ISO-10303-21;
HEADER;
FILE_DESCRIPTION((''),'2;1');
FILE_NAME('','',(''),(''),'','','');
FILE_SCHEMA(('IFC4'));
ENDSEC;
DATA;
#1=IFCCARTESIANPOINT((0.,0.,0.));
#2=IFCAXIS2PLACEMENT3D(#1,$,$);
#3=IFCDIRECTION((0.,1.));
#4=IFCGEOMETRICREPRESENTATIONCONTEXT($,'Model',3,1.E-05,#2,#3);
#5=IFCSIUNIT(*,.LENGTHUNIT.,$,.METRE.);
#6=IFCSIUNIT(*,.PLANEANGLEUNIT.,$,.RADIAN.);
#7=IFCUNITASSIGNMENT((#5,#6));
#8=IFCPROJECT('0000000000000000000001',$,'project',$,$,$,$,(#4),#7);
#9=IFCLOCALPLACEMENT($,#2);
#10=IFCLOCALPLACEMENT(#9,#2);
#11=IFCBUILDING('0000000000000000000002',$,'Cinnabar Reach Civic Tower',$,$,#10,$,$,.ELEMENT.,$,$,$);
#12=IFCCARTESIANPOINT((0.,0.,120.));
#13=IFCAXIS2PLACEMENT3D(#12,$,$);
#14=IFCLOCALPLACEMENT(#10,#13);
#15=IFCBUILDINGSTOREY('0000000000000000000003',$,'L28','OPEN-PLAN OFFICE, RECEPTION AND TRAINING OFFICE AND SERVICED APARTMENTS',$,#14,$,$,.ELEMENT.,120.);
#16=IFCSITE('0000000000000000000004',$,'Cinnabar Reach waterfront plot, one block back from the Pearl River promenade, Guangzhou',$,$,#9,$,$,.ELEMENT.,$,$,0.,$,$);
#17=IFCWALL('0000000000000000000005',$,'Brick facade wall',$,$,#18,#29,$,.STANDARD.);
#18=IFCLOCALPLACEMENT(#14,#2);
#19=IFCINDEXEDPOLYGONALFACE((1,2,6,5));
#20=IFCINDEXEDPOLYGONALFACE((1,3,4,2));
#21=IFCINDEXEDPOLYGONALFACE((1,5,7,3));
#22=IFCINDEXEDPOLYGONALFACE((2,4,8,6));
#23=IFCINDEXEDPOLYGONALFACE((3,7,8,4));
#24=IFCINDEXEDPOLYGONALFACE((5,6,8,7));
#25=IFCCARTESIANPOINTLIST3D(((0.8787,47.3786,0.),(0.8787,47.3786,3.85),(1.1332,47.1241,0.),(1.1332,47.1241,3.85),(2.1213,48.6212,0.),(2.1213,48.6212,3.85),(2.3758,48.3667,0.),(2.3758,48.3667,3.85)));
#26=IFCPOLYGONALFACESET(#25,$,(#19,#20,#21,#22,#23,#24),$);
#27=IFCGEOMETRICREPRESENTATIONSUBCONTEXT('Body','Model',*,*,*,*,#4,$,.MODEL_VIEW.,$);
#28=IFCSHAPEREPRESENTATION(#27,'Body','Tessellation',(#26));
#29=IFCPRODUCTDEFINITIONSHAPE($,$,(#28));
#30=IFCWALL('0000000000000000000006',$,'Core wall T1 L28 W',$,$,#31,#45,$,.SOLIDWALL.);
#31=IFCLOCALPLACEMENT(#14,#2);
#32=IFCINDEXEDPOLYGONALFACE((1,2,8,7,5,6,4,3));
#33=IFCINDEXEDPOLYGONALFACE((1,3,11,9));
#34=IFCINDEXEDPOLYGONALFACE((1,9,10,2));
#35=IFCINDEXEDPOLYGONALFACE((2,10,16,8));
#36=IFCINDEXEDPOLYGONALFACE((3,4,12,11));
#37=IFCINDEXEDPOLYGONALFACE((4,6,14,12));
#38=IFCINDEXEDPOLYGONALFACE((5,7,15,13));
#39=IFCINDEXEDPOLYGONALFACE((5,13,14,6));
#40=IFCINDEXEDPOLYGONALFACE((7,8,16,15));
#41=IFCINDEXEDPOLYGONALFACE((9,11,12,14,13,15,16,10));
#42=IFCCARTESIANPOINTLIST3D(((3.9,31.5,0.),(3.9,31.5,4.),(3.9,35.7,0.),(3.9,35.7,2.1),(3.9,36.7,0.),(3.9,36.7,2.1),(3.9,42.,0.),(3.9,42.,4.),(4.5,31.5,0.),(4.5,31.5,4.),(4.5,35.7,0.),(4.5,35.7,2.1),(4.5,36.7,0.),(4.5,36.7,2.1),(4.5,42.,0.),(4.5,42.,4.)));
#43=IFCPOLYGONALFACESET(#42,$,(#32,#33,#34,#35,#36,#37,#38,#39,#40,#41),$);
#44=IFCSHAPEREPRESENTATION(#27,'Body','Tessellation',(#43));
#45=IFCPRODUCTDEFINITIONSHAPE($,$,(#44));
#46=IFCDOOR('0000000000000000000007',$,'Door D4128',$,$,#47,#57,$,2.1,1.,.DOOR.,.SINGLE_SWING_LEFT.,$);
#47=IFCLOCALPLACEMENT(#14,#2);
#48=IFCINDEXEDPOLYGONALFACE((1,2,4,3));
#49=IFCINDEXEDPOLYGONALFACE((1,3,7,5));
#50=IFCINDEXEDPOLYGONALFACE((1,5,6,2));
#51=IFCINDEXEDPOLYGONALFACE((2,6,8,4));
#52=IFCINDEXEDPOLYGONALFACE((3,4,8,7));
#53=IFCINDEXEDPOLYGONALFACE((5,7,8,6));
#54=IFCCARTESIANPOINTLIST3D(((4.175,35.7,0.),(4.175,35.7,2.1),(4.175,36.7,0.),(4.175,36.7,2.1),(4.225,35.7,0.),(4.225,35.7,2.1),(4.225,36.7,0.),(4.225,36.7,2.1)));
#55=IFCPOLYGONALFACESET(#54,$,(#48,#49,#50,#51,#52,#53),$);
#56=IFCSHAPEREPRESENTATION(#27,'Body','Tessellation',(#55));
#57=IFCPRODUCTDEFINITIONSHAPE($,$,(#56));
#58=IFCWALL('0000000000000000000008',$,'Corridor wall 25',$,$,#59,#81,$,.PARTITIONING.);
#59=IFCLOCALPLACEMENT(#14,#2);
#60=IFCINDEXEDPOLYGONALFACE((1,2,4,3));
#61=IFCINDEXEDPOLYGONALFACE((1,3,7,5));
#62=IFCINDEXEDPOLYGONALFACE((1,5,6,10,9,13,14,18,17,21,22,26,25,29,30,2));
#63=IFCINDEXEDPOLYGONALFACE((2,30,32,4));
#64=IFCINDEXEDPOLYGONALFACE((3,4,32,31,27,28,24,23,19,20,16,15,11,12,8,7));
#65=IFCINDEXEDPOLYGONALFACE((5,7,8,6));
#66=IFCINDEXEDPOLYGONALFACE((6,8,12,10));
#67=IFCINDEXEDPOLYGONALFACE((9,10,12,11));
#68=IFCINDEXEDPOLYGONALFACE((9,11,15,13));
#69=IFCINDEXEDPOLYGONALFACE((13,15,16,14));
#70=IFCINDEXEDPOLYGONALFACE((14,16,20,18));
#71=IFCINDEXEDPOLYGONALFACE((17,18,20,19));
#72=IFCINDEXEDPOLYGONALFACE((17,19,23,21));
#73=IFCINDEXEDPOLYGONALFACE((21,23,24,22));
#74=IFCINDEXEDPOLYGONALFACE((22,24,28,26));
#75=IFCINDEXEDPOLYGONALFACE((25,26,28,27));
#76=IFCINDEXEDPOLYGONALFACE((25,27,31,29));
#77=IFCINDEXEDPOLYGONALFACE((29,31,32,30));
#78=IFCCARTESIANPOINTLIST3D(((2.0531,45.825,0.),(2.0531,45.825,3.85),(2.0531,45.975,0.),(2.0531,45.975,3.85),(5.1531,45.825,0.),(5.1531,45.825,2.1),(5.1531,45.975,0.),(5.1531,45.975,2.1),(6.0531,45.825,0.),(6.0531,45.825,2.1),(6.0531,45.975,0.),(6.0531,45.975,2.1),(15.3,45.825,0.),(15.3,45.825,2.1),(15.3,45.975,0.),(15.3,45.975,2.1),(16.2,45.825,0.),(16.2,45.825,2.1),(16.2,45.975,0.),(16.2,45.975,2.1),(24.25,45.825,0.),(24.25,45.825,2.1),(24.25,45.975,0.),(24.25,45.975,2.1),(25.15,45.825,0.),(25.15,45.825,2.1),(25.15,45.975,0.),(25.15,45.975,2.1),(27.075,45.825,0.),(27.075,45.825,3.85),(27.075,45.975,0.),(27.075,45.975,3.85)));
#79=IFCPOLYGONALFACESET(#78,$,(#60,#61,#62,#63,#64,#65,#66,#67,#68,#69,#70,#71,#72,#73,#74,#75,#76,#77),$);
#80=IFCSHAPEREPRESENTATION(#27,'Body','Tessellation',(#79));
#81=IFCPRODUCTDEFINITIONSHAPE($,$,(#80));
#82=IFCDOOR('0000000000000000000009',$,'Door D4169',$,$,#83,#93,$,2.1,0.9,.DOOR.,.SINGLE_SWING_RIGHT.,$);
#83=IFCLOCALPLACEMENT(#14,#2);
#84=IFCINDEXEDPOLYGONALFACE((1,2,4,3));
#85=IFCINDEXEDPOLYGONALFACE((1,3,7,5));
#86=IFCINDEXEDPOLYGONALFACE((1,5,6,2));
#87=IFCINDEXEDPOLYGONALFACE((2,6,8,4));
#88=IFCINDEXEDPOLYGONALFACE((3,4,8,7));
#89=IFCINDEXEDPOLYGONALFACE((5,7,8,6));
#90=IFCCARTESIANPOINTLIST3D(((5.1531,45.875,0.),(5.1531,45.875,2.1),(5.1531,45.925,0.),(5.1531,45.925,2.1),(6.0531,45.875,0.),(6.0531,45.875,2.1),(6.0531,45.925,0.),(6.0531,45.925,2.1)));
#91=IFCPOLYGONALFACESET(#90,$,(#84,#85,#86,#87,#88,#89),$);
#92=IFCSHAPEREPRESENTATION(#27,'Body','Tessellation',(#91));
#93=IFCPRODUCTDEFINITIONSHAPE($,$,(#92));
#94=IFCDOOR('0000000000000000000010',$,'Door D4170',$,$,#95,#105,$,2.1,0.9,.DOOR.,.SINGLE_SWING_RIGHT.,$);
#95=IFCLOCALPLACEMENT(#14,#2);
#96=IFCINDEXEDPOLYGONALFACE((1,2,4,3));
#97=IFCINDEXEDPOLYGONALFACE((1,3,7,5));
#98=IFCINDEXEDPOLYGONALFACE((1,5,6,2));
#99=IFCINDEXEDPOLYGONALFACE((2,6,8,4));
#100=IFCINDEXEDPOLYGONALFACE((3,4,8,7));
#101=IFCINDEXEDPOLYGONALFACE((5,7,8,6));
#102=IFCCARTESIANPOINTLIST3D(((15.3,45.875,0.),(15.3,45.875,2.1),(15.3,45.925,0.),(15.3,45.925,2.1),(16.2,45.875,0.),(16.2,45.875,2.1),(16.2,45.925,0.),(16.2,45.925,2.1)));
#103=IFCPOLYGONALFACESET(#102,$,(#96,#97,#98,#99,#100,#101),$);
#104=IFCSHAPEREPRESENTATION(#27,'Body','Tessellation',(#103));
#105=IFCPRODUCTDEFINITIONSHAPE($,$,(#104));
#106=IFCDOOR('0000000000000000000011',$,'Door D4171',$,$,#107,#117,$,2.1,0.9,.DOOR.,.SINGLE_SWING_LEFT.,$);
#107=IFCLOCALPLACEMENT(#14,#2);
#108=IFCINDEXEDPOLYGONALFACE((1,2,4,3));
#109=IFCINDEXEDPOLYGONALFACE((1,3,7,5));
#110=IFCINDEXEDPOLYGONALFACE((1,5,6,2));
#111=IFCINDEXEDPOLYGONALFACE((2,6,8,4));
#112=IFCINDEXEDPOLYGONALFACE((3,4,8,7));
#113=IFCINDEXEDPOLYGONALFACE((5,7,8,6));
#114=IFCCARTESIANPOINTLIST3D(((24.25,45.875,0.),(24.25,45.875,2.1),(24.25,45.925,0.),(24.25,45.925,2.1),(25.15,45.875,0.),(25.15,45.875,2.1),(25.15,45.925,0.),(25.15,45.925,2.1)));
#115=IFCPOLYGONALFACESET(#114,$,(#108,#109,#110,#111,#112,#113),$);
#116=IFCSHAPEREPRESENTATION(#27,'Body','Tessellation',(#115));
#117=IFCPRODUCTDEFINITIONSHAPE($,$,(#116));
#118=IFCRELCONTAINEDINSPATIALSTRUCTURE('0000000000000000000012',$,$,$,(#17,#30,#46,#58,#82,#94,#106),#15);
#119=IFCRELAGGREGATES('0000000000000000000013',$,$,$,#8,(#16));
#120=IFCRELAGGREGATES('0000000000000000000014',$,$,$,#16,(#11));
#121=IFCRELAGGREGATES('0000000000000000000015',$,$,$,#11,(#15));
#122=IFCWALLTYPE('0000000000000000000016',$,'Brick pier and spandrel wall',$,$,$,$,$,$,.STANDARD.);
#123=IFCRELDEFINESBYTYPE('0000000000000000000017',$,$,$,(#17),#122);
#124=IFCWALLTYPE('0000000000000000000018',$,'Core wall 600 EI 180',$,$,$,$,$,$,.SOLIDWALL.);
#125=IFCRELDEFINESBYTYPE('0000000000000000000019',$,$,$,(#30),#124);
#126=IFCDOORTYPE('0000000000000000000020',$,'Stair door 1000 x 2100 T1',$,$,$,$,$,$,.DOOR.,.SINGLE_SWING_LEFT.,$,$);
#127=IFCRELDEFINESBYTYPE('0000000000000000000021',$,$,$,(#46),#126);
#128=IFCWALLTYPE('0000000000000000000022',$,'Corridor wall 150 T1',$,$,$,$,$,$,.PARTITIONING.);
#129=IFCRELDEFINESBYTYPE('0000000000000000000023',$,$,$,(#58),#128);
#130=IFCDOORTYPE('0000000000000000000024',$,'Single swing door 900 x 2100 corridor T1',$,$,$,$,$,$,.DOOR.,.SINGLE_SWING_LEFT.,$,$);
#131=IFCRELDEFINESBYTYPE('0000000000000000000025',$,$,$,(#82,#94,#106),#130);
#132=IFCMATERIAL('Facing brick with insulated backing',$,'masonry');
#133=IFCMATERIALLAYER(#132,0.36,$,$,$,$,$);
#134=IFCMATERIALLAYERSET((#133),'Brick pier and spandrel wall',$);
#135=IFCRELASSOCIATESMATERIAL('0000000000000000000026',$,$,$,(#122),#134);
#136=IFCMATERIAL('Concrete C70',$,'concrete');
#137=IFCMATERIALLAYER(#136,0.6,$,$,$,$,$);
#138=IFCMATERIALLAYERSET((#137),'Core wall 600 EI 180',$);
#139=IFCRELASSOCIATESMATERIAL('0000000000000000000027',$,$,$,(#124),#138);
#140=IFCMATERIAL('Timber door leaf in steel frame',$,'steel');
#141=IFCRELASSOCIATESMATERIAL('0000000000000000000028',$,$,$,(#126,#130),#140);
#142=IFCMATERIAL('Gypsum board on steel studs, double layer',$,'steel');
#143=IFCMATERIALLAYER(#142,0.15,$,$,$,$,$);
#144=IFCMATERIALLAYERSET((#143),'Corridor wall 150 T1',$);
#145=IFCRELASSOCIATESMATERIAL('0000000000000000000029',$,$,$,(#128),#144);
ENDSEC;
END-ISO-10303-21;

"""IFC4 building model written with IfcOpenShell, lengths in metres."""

from ifc_helpers import new_model, si_unit, direction, frame, frame_2d, origin, place, context, subcontext, project, spatial, rectangle, extrude, material, layer, layer_set, type_object, element, fill, save


model = new_model("IFC4")

# Units and contexts
model_context = context("Model", 3, precision=1e-05, world=origin(), true_north=direction((0.0, 1.0)))
body_context = subcontext(model_context, "Body", "Model", "MODEL_VIEW")
ifc_project = project(units=[si_unit("LENGTHUNIT", "METRE"), si_unit("PLANEANGLEUNIT", "RADIAN")], contexts=[model_context])

# Site, building, storey
site_placement = place(None, origin())
site = spatial("IfcSite", under=ifc_project, at=site_placement, Name="Cinnabar Reach waterfront plot, one block back from the Pearl River promenade, Guangzhou", CompositionType="ELEMENT", RefElevation=0.0)
building_placement = place(site_placement, origin())
building = spatial("IfcBuilding", under=site, at=building_placement, Name="Cinnabar Reach Civic Tower", CompositionType="ELEMENT")
storey_placement = place(building_placement, frame((0.0, 0.0, 120.0)))
storey = spatial("IfcBuildingStorey", under=building, at=storey_placement, Name="L28", Description="OPEN-PLAN OFFICE, RECEPTION AND TRAINING OFFICE AND SERVICED APARTMENTS", CompositionType="ELEMENT", Elevation=120.0)

# Shared definitions
ifc_material_1 = material(Name="Concrete C70", Category="concrete")

# Wall
ifc_material_2 = material(Name="Facing brick with insulated backing", Category="masonry")
ifc_layer_1 = layer(ifc_material_2, 0.36)
ifc_layer_set_1 = layer_set([ifc_layer_1], Name="Brick pier and spandrel wall")
wall_type_1 = type_object("IfcWallType", Name="Brick pier and spandrel wall", PredefinedType="STANDARD", material=ifc_layer_set_1)
wall_1_placement = place(storey_placement, frame((2.2486, 48.494, 0.0), z_axis=(0.0, 0.0, 1.0), x_axis=(-0.707107, -0.707107, 0.0)))
element("IfcWall", 1, at=wall_1_placement, inside=storey, type_object=wall_type_1, Name="Brick facade wall", PredefinedType="STANDARD", context=body_context, shape_type="SweptSolid", body=[
    extrude(rectangle(XDim=1.7573, YDim=0.36, at=frame_2d((0.8787, 0.0))), origin(), (0.0, 0.0, 1.0), 3.85),
])

# Wall, opening, door
ifc_layer_2 = layer(ifc_material_1, 0.6)
ifc_layer_set_2 = layer_set([ifc_layer_2], Name="Core wall 600 EI 180")
wall_type_2 = type_object("IfcWallType", Name="Core wall 600 EI 180", PredefinedType="SOLIDWALL", material=ifc_layer_set_2)
wall_2_placement = place(storey_placement, frame((4.2, 42.0, 0.0), z_axis=(0.0, 0.0, 1.0), x_axis=(0.0, -1.0, 0.0)))
wall_2 = element("IfcWall", 2, at=wall_2_placement, inside=storey, type_object=wall_type_2, Name="Core wall T1 L28 W", PredefinedType="SOLIDWALL", context=body_context, shape_type="SweptSolid", body=[
    extrude(rectangle(XDim=10.5, YDim=0.6, at=frame_2d((5.25, 0.0))), origin(), (0.0, 0.0, 1.0), 4.0),
])
opening_1_placement = place(wall_2_placement, frame((5.3, 0.0, 0.0)))
opening_1 = element("IfcOpeningElement", 3, at=opening_1_placement, cuts=wall_2, PredefinedType="OPENING", context=body_context, shape_type="SweptSolid", body=[
    extrude(rectangle(XDim=1.0, YDim=2.1, at=frame_2d((0.5, 1.05))), frame((0.0, 0.31, 0.0), z_axis=(0.0, -1.0, 0.0), x_axis=(1.0, 0.0, 0.0)), (0.0, 0.0, 1.0), 0.62),
])
ifc_material_3 = material(Name="Timber door leaf in steel frame", Category="steel")
door_type_1 = type_object("IfcDoorType", Name="Stair door 1000 x 2100 T1", OperationType="SINGLE_SWING_LEFT", PredefinedType="DOOR", material=ifc_material_3)
door_1_placement = place(opening_1_placement, frame((1.0, 0.0, 0.0), z_axis=(0.0, 0.0, 1.0), x_axis=(-1.0, 0.0, 0.0)))
door_1 = element("IfcDoor", 4, at=door_1_placement, inside=storey, type_object=door_type_1, Name="Door D4128", OperationType="SINGLE_SWING_LEFT", OverallHeight=2.1, OverallWidth=1.0, PredefinedType="DOOR", context=body_context, shape_type="SweptSolid", body=[
    extrude(rectangle(XDim=1.0, YDim=2.1, at=frame_2d((0.5, 1.05))), frame((0.0, 0.025, 0.0), z_axis=(0.0, -1.0, 0.0), x_axis=(1.0, 0.0, 0.0)), (0.0, 0.0, 1.0), 0.05),
])
fill(opening_1, door_1)

# Wall, openings, doors
ifc_material_4 = material(Name="Gypsum board on steel studs, double layer", Category="steel")
ifc_layer_3 = layer(ifc_material_4, 0.15)
ifc_layer_set_3 = layer_set([ifc_layer_3], Name="Corridor wall 150 T1")
wall_type_3 = type_object("IfcWallType", Name="Corridor wall 150 T1", PredefinedType="PARTITIONING", material=ifc_layer_set_3)
wall_3_placement = place(storey_placement, frame((2.0531, 45.9, 0.0), z_axis=(0.0, 0.0, 1.0), x_axis=(1.0, 0.0, 0.0)))
wall_3 = element("IfcWall", 5, at=wall_3_placement, inside=storey, type_object=wall_type_3, Name="Corridor wall 25", PredefinedType="PARTITIONING", context=body_context, shape_type="SweptSolid", body=[
    extrude(rectangle(XDim=25.0219, YDim=0.15, at=frame_2d((12.5109, 0.0))), origin(), (0.0, 0.0, 1.0), 3.85),
])
opening_2_placement = place(wall_3_placement, frame((3.1, 0.0, 0.0)))
opening_2 = element("IfcOpeningElement", 6, at=opening_2_placement, cuts=wall_3, PredefinedType="OPENING", context=body_context, shape_type="SweptSolid", body=[
    extrude(rectangle(XDim=0.9, YDim=2.1, at=frame_2d((0.45, 1.05))), frame((0.0, 0.085, 0.0), z_axis=(0.0, -1.0, 0.0), x_axis=(1.0, 0.0, 0.0)), (0.0, 0.0, 1.0), 0.17),
])
opening_3_placement = place(wall_3_placement, frame((13.2469, 0.0, 0.0)))
opening_3 = element("IfcOpeningElement", 7, at=opening_3_placement, cuts=wall_3, PredefinedType="OPENING", context=body_context, shape_type="SweptSolid", body=[
    extrude(rectangle(XDim=0.9, YDim=2.1, at=frame_2d((0.45, 1.05))), frame((0.0, 0.085, 0.0), z_axis=(0.0, -1.0, 0.0), x_axis=(1.0, 0.0, 0.0)), (0.0, 0.0, 1.0), 0.17),
])
opening_4_placement = place(wall_3_placement, frame((22.1969, 0.0, 0.0)))
opening_4 = element("IfcOpeningElement", 8, at=opening_4_placement, cuts=wall_3, PredefinedType="OPENING", context=body_context, shape_type="SweptSolid", body=[
    extrude(rectangle(XDim=0.9, YDim=2.1, at=frame_2d((0.45, 1.05))), frame((0.0, 0.085, 0.0), z_axis=(0.0, -1.0, 0.0), x_axis=(1.0, 0.0, 0.0)), (0.0, 0.0, 1.0), 0.17),
])
door_type_2 = type_object("IfcDoorType", Name="Single swing door 900 x 2100 corridor T1", OperationType="SINGLE_SWING_LEFT", PredefinedType="DOOR", material=ifc_material_3)
door_2_placement = place(opening_2_placement, origin())
door_2 = element("IfcDoor", 9, at=door_2_placement, inside=storey, type_object=door_type_2, Name="Door D4169", OperationType="SINGLE_SWING_RIGHT", OverallHeight=2.1, OverallWidth=0.9, PredefinedType="DOOR", context=body_context, shape_type="SweptSolid", body=[
    extrude(rectangle(XDim=0.9, YDim=2.1, at=frame_2d((0.45, 1.05))), frame((0.0, 0.025, 0.0), z_axis=(0.0, -1.0, 0.0), x_axis=(1.0, 0.0, 0.0)), (0.0, 0.0, 1.0), 0.05),
])
fill(opening_2, door_2)
door_3_placement = place(opening_3_placement, origin())
door_3 = element("IfcDoor", 10, at=door_3_placement, inside=storey, type_object=door_type_2, Name="Door D4170", OperationType="SINGLE_SWING_RIGHT", OverallHeight=2.1, OverallWidth=0.9, PredefinedType="DOOR", context=body_context, shape_type="SweptSolid", body=[
    extrude(rectangle(XDim=0.9, YDim=2.1, at=frame_2d((0.45, 1.05))), frame((0.0, 0.025, 0.0), z_axis=(0.0, -1.0, 0.0), x_axis=(1.0, 0.0, 0.0)), (0.0, 0.0, 1.0), 0.05),
])
fill(opening_3, door_3)
door_4_placement = place(opening_4_placement, origin())
door_4 = element("IfcDoor", 11, at=door_4_placement, inside=storey, type_object=door_type_2, Name="Door D4171", OperationType="SINGLE_SWING_LEFT", OverallHeight=2.1, OverallWidth=0.9, PredefinedType="DOOR", context=body_context, shape_type="SweptSolid", body=[
    extrude(rectangle(XDim=0.9, YDim=2.1, at=frame_2d((0.45, 1.05))), frame((0.0, 0.025, 0.0), z_axis=(0.0, -1.0, 0.0), x_axis=(1.0, 0.0, 0.0)), (0.0, 0.0, 1.0), 0.05),
])
fill(opening_4, door_4)

save(model, "model.ifc")
